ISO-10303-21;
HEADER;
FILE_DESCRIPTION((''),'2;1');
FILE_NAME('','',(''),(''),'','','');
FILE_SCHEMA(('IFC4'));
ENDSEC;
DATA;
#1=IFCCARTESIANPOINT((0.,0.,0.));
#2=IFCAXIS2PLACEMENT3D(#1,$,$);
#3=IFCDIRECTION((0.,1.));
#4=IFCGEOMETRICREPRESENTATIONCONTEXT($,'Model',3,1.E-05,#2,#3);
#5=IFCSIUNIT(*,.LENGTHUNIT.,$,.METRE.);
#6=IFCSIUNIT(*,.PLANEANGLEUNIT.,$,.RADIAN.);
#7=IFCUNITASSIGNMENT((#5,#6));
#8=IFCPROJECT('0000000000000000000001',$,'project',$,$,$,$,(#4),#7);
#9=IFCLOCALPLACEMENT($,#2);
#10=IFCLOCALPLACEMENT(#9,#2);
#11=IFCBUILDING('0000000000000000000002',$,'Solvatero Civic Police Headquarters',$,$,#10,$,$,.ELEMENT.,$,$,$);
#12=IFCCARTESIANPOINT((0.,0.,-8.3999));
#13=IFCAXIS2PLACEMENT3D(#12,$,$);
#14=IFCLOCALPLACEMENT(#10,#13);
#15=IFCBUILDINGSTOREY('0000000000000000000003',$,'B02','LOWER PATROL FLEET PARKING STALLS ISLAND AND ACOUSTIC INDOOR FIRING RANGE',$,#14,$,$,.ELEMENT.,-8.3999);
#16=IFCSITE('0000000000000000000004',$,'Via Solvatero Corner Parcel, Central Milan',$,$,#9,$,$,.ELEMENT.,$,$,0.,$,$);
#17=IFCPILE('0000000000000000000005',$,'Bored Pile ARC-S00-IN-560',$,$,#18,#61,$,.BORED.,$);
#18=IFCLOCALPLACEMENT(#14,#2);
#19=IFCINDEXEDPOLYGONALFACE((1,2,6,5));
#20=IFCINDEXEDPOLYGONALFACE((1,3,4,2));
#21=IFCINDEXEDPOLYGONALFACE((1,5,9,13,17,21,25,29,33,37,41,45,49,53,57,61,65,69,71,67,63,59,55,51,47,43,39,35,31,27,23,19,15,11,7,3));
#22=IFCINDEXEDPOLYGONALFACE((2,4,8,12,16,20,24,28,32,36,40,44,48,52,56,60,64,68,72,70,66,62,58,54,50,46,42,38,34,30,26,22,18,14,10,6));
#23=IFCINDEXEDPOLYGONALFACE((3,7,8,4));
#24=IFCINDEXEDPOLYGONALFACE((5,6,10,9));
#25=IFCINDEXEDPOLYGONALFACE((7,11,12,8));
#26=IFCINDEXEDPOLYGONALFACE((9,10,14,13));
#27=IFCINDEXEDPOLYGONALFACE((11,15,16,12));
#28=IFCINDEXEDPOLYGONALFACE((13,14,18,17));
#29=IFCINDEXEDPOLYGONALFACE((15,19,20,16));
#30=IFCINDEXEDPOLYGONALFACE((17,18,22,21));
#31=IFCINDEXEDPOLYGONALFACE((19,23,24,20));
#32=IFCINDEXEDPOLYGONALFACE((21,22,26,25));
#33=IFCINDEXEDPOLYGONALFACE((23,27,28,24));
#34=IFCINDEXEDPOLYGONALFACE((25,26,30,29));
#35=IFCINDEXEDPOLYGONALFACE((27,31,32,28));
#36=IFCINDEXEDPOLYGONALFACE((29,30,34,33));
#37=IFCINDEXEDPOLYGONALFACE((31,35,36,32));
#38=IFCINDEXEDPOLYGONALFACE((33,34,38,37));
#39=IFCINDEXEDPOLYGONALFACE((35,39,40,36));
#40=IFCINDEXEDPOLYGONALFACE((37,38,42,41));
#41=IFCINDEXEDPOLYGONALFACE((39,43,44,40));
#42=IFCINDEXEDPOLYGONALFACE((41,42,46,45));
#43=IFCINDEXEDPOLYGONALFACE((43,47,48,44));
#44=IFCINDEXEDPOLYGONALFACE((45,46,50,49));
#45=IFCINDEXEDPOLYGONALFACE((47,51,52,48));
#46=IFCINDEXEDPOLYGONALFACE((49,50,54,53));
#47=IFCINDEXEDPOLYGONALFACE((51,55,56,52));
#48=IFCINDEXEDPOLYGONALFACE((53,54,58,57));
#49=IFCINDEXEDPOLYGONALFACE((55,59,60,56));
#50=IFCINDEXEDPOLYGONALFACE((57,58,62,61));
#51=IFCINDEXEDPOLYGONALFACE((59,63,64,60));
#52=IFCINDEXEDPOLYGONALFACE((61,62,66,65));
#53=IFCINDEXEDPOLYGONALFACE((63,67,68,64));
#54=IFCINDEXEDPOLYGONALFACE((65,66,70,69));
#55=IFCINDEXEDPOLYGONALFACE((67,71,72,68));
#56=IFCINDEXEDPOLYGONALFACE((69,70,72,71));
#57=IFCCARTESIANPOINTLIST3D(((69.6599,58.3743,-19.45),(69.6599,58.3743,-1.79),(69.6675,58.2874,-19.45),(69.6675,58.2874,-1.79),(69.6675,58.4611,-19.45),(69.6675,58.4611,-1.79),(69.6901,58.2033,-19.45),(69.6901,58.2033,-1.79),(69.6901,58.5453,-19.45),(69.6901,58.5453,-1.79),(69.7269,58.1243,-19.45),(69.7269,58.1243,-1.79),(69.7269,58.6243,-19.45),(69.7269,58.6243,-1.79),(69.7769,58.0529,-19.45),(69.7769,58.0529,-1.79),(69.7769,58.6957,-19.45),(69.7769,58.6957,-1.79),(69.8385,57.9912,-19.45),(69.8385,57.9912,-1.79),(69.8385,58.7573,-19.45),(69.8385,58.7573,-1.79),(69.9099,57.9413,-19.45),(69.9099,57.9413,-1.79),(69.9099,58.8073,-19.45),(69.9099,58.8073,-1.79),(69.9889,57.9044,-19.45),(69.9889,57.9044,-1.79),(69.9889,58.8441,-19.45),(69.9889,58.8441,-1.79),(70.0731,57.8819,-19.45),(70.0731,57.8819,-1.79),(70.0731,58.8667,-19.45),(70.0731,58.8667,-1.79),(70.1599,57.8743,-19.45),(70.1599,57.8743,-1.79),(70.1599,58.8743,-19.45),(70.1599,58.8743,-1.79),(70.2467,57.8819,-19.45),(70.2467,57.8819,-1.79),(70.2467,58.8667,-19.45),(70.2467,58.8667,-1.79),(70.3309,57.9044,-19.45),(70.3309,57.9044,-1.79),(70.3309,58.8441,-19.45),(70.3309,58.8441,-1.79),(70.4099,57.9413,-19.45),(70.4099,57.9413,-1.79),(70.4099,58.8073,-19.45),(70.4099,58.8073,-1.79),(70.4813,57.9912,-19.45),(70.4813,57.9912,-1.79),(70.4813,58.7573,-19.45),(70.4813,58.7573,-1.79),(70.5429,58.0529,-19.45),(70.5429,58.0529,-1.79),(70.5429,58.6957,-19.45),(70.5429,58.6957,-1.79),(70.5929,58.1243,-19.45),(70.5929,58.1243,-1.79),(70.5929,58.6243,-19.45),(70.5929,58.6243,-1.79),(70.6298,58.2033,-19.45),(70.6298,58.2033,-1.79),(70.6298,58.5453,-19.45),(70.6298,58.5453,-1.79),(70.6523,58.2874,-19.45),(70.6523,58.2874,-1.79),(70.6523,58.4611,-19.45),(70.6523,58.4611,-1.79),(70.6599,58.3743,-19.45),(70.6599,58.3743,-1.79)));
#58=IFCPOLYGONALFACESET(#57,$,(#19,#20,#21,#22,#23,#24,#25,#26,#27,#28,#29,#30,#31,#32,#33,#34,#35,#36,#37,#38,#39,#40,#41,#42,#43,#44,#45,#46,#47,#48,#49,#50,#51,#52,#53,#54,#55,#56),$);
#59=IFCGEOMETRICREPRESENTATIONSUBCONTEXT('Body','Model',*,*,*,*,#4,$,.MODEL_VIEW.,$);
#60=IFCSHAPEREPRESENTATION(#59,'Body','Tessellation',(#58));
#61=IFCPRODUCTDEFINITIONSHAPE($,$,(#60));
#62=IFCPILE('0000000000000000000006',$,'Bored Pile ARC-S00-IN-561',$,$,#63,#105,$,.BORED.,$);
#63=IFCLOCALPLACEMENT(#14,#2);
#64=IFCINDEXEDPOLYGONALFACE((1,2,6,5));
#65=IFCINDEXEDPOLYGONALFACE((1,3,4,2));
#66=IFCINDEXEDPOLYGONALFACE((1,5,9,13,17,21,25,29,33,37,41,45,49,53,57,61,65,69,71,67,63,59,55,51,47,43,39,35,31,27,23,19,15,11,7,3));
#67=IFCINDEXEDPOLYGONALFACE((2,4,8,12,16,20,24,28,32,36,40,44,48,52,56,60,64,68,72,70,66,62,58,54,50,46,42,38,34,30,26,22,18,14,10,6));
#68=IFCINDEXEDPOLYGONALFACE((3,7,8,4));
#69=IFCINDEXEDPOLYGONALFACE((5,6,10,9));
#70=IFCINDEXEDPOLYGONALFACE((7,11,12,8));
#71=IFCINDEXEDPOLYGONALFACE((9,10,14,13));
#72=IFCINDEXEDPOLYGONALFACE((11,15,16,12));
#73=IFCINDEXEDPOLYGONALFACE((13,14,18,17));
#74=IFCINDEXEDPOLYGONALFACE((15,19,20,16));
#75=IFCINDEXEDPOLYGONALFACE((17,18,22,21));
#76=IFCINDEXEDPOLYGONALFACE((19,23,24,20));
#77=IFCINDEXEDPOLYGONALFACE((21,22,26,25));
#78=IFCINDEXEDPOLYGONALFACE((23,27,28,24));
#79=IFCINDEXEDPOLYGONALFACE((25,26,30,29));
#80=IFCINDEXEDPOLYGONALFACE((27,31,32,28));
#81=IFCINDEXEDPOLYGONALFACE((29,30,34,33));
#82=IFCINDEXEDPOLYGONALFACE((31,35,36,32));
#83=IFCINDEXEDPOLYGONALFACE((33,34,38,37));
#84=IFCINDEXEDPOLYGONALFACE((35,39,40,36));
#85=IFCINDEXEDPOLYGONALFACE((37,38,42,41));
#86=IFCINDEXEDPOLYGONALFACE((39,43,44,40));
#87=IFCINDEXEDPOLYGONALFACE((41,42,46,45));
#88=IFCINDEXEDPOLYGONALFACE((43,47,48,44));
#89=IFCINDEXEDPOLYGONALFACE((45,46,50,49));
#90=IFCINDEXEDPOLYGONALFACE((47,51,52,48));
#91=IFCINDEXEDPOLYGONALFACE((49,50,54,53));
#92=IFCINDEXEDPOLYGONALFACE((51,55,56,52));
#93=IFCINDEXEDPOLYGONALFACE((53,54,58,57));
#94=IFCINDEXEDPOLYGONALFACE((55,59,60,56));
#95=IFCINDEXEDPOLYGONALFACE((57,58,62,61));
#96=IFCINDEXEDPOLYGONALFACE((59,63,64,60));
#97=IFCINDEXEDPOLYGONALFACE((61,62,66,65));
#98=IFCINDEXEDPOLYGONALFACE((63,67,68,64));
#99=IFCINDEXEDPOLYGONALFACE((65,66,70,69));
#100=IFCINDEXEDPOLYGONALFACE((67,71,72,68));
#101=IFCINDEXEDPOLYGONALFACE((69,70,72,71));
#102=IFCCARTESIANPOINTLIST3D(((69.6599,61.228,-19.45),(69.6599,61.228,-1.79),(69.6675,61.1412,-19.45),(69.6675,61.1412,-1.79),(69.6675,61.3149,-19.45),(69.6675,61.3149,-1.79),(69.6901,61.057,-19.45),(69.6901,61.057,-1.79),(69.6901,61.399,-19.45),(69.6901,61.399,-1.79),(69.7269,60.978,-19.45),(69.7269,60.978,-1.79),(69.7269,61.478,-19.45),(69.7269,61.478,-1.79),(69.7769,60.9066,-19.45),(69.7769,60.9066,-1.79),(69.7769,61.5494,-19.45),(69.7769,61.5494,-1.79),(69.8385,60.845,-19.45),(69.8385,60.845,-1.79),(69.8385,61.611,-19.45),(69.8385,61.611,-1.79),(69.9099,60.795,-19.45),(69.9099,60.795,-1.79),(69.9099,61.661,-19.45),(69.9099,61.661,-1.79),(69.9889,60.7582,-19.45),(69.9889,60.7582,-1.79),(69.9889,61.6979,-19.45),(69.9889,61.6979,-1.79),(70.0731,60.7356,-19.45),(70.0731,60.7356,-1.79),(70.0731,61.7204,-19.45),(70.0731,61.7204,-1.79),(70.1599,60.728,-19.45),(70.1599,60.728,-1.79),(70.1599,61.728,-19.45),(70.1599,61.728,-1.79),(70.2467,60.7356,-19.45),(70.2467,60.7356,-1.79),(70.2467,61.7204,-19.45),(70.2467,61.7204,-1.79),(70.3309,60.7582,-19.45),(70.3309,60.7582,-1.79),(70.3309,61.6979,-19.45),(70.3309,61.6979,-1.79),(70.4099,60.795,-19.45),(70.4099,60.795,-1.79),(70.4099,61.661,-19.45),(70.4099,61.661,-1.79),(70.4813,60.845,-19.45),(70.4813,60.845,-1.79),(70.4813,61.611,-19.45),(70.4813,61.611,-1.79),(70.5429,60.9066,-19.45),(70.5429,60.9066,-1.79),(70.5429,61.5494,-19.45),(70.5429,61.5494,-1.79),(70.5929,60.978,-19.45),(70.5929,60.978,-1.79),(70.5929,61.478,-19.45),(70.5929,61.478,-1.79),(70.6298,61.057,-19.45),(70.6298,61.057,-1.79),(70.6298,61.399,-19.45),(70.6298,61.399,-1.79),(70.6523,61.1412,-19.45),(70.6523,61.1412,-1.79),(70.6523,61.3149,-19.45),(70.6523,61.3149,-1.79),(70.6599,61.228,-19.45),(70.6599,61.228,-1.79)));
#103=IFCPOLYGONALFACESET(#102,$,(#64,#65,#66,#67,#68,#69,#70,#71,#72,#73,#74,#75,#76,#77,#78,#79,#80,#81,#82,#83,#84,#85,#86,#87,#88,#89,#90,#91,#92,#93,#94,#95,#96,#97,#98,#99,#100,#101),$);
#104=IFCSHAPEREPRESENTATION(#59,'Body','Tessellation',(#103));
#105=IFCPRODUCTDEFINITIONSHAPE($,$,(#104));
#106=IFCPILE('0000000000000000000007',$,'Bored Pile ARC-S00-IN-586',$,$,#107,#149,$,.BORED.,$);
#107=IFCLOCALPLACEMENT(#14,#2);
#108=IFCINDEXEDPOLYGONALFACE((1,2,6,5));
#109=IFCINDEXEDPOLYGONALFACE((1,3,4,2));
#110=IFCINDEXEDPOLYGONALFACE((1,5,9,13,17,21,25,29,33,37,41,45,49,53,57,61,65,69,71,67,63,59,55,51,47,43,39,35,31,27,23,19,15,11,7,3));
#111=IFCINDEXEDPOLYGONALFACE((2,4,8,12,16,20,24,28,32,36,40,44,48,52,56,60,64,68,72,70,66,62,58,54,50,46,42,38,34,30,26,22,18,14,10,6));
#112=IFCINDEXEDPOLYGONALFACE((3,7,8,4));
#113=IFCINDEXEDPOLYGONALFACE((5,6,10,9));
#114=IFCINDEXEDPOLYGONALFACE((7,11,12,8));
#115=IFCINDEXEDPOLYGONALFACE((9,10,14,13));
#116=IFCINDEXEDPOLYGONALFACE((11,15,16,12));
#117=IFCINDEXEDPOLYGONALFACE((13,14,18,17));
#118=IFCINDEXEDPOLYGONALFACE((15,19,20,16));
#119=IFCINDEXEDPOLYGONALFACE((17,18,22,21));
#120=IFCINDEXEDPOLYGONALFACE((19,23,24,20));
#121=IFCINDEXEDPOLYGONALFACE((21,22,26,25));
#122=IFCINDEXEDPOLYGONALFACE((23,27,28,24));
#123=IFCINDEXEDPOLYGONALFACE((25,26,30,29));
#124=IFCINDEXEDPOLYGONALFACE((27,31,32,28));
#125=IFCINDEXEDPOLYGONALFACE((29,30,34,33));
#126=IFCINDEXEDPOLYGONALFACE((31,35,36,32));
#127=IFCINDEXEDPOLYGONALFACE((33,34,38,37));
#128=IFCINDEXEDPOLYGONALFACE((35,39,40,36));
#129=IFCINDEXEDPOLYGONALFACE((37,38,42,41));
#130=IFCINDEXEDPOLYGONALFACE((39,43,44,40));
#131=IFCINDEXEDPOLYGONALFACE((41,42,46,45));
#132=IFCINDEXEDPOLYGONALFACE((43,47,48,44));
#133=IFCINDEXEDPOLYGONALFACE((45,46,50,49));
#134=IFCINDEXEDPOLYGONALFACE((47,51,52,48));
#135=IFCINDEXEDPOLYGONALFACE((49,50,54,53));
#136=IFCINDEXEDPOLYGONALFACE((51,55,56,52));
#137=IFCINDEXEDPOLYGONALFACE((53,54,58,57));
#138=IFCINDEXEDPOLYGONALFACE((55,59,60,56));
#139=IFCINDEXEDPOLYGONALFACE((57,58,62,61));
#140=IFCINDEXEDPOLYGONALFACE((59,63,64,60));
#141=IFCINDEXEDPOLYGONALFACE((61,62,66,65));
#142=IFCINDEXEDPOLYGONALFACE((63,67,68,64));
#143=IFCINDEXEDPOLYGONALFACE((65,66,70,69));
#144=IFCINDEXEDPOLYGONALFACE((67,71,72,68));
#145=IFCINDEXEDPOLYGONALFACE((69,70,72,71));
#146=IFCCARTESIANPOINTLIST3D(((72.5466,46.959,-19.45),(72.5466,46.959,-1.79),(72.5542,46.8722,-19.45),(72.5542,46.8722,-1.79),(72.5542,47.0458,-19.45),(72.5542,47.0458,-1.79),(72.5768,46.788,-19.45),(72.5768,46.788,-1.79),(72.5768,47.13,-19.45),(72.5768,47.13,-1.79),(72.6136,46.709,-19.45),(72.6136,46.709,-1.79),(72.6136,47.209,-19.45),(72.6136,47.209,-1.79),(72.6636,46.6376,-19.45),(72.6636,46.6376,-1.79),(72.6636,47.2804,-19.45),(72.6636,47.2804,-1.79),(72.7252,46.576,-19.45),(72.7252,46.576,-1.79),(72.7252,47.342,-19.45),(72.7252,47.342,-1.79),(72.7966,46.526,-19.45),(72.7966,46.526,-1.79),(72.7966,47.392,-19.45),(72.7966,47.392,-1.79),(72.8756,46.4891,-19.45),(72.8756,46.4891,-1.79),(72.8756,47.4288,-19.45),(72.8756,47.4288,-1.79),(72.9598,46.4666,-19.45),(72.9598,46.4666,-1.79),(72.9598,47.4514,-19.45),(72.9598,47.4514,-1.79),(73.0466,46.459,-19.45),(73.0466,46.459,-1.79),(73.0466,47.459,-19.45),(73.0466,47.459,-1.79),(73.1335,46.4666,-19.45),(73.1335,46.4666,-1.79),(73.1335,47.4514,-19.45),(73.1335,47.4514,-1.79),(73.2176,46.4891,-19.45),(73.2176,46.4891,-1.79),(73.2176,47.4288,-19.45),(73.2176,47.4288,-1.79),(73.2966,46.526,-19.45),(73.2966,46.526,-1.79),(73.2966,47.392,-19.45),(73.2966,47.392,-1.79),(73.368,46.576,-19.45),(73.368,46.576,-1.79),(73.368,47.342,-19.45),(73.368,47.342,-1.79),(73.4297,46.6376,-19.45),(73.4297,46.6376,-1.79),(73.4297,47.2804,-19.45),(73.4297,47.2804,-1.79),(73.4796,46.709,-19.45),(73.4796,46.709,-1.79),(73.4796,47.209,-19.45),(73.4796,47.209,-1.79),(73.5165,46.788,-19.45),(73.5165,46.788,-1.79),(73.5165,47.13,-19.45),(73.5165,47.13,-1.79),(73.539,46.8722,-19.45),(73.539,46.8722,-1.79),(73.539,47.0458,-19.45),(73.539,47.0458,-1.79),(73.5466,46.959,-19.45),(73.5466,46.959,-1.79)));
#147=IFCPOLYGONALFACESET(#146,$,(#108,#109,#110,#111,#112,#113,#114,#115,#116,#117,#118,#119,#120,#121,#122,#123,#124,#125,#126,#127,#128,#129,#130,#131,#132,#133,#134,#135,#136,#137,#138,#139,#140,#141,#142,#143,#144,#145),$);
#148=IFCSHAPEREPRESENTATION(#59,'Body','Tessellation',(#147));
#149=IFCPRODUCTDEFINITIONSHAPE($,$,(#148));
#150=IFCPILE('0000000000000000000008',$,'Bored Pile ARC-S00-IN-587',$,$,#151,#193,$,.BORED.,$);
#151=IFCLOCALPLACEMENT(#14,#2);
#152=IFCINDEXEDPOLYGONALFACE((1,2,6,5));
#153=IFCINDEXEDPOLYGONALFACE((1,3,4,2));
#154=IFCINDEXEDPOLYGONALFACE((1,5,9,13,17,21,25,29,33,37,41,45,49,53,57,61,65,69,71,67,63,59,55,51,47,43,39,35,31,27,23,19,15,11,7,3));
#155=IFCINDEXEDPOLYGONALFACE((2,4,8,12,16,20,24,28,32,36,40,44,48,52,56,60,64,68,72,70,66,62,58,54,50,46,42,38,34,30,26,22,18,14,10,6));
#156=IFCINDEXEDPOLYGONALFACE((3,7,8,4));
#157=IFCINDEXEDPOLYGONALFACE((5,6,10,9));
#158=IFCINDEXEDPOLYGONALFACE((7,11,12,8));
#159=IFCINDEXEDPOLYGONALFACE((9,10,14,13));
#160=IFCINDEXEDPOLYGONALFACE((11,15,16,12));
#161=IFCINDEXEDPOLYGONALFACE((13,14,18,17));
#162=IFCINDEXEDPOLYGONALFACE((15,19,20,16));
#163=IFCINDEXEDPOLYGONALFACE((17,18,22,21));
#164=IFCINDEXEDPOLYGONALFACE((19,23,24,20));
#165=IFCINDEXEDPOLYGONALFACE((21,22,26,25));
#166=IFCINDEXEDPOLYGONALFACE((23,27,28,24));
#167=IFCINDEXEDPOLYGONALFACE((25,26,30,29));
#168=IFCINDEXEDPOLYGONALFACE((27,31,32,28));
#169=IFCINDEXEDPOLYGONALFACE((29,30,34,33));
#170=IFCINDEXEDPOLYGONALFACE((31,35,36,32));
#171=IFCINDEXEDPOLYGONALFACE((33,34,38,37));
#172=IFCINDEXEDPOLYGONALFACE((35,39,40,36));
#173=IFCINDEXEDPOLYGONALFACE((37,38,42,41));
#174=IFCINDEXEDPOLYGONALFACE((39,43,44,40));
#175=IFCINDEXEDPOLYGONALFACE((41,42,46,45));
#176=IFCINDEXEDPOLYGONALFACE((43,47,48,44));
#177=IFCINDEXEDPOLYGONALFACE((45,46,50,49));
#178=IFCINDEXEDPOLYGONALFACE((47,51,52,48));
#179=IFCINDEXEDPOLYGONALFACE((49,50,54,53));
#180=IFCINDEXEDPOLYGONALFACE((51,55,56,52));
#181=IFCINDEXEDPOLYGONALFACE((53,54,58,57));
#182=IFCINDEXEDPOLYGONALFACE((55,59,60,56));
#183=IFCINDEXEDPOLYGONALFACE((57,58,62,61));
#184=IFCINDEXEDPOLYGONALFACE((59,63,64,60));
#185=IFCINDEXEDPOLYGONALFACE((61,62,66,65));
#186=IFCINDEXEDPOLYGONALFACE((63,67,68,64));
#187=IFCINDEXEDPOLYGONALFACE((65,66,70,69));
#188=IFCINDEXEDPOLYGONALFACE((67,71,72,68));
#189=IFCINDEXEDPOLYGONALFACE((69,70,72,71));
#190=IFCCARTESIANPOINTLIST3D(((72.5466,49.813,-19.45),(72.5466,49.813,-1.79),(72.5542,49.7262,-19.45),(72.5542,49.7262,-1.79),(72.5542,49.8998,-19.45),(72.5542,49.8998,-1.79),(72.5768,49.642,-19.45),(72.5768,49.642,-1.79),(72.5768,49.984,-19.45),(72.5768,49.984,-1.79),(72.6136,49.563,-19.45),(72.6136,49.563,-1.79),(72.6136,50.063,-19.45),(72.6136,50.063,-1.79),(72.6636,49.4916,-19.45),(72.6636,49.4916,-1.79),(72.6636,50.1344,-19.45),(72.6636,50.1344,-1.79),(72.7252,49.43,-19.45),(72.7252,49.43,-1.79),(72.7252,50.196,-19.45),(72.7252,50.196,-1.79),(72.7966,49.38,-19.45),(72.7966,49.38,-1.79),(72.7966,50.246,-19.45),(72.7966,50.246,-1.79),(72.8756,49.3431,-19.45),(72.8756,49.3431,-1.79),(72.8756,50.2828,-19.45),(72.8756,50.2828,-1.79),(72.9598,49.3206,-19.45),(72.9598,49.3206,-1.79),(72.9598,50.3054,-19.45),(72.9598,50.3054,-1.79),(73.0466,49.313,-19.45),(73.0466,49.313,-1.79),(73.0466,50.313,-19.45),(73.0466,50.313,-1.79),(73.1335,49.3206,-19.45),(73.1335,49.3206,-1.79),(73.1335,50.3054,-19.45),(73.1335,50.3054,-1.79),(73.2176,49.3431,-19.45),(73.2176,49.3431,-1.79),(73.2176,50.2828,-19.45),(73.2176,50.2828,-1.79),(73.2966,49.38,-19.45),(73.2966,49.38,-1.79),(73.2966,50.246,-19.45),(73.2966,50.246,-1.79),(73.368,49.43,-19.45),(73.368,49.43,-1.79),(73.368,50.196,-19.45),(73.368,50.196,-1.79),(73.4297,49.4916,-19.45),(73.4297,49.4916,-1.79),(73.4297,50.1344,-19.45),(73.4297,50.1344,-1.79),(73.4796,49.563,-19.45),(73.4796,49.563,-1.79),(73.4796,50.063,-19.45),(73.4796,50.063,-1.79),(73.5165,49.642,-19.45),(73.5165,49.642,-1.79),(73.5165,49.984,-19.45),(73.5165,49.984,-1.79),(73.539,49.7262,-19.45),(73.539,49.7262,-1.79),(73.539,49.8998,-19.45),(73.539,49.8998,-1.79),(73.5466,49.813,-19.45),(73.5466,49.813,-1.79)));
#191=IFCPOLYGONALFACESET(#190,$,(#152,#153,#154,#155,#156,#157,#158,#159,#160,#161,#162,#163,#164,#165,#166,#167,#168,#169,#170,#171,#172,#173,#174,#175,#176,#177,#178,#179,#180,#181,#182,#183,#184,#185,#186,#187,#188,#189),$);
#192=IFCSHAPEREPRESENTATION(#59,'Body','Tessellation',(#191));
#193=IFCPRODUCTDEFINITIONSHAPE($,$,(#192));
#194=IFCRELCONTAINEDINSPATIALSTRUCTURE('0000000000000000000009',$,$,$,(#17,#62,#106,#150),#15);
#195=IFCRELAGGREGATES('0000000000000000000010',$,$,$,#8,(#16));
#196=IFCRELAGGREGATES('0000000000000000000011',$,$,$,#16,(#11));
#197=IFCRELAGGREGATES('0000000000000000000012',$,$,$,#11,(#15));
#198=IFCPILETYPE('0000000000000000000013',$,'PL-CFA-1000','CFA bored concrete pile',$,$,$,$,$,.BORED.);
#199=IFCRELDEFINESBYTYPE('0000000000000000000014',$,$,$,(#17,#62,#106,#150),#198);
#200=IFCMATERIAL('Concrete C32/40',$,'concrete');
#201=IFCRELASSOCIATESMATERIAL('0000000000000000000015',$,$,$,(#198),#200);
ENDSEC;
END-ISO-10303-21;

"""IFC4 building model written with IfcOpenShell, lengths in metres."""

from ifc_helpers import new_model, si_unit, direction, frame, origin, origin_2d, place, context, subcontext, project, spatial, circle, extrude, material, material_profile, profile_set, type_object, element, save


model = new_model("IFC4")

# Units and contexts
model_context = context("Model", 3, precision=1e-05, world=origin(), true_north=direction((0.0, 1.0)))
body_context = subcontext(model_context, "Body", "Model", "MODEL_VIEW")
ifc_project = project(units=[si_unit("LENGTHUNIT", "METRE"), si_unit("PLANEANGLEUNIT", "RADIAN")], contexts=[model_context])

# Site, building, storey
site_placement = place(None, origin())
site = spatial("IfcSite", under=ifc_project, at=site_placement, Name="Via Solvatero Corner Parcel, Central Milan", CompositionType="ELEMENT", RefElevation=0.0)
building_placement = place(site_placement, origin())
building = spatial("IfcBuilding", under=site, at=building_placement, Name="Solvatero Civic Police Headquarters", CompositionType="ELEMENT")
storey_placement = place(building_placement, frame((0.0, 0.0, -8.3999)))
storey = spatial("IfcBuildingStorey", under=building, at=storey_placement, Name="B02", Description="LOWER PATROL FLEET PARKING STALLS ISLAND AND ACOUSTIC INDOOR FIRING RANGE", CompositionType="ELEMENT", Elevation=-8.3999)

# Piles
ifc_material_1 = material(Name="Concrete C32/40", Category="concrete")
ifc_material_profile_1 = material_profile(ifc_material_1, circle(Radius=0.5, at=origin_2d()), Name="CFA PILE D1000")
ifc_profile_set_1 = profile_set([ifc_material_profile_1], Name="Concrete C32/40")
pile_type = type_object("IfcPileType", Name="PL-CFA-1000", Description="CFA bored concrete pile", PredefinedType="BORED", material=ifc_profile_set_1)
for number, where, z_axis, x_axis, name in (
    (1, (70.1599, 58.3743, -1.79), (0.0, 0.0, -1.0), (1.0, 0.0, 0.0), "Bored Pile ARC-S00-IN-560"),
    (2, (70.1599, 61.228, -1.79), (0.0, 0.0, -1.0), (1.0, 0.0, 0.0), "Bored Pile ARC-S00-IN-561"),
    (3, (73.0466, 46.959, -1.79), (0.0, 0.0, -1.0), (1.0, 0.0, 0.0), "Bored Pile ARC-S00-IN-586"),
    (4, (73.0466, 49.813, -1.79), (0.0, 0.0, -1.0), (1.0, 0.0, 0.0), "Bored Pile ARC-S00-IN-587"),
):
    element("IfcPile", number, at=place(storey_placement, frame(where, z_axis=z_axis, x_axis=x_axis)), inside=storey, type_object=pile_type, Name=name, PredefinedType="BORED", context=body_context, shape_type="SweptSolid", body=[
        extrude(circle(Radius=0.5, at=origin_2d()), origin(), (0.0, 0.0, 1.0), 17.6599),
    ])

save(model, "model.ifc")
